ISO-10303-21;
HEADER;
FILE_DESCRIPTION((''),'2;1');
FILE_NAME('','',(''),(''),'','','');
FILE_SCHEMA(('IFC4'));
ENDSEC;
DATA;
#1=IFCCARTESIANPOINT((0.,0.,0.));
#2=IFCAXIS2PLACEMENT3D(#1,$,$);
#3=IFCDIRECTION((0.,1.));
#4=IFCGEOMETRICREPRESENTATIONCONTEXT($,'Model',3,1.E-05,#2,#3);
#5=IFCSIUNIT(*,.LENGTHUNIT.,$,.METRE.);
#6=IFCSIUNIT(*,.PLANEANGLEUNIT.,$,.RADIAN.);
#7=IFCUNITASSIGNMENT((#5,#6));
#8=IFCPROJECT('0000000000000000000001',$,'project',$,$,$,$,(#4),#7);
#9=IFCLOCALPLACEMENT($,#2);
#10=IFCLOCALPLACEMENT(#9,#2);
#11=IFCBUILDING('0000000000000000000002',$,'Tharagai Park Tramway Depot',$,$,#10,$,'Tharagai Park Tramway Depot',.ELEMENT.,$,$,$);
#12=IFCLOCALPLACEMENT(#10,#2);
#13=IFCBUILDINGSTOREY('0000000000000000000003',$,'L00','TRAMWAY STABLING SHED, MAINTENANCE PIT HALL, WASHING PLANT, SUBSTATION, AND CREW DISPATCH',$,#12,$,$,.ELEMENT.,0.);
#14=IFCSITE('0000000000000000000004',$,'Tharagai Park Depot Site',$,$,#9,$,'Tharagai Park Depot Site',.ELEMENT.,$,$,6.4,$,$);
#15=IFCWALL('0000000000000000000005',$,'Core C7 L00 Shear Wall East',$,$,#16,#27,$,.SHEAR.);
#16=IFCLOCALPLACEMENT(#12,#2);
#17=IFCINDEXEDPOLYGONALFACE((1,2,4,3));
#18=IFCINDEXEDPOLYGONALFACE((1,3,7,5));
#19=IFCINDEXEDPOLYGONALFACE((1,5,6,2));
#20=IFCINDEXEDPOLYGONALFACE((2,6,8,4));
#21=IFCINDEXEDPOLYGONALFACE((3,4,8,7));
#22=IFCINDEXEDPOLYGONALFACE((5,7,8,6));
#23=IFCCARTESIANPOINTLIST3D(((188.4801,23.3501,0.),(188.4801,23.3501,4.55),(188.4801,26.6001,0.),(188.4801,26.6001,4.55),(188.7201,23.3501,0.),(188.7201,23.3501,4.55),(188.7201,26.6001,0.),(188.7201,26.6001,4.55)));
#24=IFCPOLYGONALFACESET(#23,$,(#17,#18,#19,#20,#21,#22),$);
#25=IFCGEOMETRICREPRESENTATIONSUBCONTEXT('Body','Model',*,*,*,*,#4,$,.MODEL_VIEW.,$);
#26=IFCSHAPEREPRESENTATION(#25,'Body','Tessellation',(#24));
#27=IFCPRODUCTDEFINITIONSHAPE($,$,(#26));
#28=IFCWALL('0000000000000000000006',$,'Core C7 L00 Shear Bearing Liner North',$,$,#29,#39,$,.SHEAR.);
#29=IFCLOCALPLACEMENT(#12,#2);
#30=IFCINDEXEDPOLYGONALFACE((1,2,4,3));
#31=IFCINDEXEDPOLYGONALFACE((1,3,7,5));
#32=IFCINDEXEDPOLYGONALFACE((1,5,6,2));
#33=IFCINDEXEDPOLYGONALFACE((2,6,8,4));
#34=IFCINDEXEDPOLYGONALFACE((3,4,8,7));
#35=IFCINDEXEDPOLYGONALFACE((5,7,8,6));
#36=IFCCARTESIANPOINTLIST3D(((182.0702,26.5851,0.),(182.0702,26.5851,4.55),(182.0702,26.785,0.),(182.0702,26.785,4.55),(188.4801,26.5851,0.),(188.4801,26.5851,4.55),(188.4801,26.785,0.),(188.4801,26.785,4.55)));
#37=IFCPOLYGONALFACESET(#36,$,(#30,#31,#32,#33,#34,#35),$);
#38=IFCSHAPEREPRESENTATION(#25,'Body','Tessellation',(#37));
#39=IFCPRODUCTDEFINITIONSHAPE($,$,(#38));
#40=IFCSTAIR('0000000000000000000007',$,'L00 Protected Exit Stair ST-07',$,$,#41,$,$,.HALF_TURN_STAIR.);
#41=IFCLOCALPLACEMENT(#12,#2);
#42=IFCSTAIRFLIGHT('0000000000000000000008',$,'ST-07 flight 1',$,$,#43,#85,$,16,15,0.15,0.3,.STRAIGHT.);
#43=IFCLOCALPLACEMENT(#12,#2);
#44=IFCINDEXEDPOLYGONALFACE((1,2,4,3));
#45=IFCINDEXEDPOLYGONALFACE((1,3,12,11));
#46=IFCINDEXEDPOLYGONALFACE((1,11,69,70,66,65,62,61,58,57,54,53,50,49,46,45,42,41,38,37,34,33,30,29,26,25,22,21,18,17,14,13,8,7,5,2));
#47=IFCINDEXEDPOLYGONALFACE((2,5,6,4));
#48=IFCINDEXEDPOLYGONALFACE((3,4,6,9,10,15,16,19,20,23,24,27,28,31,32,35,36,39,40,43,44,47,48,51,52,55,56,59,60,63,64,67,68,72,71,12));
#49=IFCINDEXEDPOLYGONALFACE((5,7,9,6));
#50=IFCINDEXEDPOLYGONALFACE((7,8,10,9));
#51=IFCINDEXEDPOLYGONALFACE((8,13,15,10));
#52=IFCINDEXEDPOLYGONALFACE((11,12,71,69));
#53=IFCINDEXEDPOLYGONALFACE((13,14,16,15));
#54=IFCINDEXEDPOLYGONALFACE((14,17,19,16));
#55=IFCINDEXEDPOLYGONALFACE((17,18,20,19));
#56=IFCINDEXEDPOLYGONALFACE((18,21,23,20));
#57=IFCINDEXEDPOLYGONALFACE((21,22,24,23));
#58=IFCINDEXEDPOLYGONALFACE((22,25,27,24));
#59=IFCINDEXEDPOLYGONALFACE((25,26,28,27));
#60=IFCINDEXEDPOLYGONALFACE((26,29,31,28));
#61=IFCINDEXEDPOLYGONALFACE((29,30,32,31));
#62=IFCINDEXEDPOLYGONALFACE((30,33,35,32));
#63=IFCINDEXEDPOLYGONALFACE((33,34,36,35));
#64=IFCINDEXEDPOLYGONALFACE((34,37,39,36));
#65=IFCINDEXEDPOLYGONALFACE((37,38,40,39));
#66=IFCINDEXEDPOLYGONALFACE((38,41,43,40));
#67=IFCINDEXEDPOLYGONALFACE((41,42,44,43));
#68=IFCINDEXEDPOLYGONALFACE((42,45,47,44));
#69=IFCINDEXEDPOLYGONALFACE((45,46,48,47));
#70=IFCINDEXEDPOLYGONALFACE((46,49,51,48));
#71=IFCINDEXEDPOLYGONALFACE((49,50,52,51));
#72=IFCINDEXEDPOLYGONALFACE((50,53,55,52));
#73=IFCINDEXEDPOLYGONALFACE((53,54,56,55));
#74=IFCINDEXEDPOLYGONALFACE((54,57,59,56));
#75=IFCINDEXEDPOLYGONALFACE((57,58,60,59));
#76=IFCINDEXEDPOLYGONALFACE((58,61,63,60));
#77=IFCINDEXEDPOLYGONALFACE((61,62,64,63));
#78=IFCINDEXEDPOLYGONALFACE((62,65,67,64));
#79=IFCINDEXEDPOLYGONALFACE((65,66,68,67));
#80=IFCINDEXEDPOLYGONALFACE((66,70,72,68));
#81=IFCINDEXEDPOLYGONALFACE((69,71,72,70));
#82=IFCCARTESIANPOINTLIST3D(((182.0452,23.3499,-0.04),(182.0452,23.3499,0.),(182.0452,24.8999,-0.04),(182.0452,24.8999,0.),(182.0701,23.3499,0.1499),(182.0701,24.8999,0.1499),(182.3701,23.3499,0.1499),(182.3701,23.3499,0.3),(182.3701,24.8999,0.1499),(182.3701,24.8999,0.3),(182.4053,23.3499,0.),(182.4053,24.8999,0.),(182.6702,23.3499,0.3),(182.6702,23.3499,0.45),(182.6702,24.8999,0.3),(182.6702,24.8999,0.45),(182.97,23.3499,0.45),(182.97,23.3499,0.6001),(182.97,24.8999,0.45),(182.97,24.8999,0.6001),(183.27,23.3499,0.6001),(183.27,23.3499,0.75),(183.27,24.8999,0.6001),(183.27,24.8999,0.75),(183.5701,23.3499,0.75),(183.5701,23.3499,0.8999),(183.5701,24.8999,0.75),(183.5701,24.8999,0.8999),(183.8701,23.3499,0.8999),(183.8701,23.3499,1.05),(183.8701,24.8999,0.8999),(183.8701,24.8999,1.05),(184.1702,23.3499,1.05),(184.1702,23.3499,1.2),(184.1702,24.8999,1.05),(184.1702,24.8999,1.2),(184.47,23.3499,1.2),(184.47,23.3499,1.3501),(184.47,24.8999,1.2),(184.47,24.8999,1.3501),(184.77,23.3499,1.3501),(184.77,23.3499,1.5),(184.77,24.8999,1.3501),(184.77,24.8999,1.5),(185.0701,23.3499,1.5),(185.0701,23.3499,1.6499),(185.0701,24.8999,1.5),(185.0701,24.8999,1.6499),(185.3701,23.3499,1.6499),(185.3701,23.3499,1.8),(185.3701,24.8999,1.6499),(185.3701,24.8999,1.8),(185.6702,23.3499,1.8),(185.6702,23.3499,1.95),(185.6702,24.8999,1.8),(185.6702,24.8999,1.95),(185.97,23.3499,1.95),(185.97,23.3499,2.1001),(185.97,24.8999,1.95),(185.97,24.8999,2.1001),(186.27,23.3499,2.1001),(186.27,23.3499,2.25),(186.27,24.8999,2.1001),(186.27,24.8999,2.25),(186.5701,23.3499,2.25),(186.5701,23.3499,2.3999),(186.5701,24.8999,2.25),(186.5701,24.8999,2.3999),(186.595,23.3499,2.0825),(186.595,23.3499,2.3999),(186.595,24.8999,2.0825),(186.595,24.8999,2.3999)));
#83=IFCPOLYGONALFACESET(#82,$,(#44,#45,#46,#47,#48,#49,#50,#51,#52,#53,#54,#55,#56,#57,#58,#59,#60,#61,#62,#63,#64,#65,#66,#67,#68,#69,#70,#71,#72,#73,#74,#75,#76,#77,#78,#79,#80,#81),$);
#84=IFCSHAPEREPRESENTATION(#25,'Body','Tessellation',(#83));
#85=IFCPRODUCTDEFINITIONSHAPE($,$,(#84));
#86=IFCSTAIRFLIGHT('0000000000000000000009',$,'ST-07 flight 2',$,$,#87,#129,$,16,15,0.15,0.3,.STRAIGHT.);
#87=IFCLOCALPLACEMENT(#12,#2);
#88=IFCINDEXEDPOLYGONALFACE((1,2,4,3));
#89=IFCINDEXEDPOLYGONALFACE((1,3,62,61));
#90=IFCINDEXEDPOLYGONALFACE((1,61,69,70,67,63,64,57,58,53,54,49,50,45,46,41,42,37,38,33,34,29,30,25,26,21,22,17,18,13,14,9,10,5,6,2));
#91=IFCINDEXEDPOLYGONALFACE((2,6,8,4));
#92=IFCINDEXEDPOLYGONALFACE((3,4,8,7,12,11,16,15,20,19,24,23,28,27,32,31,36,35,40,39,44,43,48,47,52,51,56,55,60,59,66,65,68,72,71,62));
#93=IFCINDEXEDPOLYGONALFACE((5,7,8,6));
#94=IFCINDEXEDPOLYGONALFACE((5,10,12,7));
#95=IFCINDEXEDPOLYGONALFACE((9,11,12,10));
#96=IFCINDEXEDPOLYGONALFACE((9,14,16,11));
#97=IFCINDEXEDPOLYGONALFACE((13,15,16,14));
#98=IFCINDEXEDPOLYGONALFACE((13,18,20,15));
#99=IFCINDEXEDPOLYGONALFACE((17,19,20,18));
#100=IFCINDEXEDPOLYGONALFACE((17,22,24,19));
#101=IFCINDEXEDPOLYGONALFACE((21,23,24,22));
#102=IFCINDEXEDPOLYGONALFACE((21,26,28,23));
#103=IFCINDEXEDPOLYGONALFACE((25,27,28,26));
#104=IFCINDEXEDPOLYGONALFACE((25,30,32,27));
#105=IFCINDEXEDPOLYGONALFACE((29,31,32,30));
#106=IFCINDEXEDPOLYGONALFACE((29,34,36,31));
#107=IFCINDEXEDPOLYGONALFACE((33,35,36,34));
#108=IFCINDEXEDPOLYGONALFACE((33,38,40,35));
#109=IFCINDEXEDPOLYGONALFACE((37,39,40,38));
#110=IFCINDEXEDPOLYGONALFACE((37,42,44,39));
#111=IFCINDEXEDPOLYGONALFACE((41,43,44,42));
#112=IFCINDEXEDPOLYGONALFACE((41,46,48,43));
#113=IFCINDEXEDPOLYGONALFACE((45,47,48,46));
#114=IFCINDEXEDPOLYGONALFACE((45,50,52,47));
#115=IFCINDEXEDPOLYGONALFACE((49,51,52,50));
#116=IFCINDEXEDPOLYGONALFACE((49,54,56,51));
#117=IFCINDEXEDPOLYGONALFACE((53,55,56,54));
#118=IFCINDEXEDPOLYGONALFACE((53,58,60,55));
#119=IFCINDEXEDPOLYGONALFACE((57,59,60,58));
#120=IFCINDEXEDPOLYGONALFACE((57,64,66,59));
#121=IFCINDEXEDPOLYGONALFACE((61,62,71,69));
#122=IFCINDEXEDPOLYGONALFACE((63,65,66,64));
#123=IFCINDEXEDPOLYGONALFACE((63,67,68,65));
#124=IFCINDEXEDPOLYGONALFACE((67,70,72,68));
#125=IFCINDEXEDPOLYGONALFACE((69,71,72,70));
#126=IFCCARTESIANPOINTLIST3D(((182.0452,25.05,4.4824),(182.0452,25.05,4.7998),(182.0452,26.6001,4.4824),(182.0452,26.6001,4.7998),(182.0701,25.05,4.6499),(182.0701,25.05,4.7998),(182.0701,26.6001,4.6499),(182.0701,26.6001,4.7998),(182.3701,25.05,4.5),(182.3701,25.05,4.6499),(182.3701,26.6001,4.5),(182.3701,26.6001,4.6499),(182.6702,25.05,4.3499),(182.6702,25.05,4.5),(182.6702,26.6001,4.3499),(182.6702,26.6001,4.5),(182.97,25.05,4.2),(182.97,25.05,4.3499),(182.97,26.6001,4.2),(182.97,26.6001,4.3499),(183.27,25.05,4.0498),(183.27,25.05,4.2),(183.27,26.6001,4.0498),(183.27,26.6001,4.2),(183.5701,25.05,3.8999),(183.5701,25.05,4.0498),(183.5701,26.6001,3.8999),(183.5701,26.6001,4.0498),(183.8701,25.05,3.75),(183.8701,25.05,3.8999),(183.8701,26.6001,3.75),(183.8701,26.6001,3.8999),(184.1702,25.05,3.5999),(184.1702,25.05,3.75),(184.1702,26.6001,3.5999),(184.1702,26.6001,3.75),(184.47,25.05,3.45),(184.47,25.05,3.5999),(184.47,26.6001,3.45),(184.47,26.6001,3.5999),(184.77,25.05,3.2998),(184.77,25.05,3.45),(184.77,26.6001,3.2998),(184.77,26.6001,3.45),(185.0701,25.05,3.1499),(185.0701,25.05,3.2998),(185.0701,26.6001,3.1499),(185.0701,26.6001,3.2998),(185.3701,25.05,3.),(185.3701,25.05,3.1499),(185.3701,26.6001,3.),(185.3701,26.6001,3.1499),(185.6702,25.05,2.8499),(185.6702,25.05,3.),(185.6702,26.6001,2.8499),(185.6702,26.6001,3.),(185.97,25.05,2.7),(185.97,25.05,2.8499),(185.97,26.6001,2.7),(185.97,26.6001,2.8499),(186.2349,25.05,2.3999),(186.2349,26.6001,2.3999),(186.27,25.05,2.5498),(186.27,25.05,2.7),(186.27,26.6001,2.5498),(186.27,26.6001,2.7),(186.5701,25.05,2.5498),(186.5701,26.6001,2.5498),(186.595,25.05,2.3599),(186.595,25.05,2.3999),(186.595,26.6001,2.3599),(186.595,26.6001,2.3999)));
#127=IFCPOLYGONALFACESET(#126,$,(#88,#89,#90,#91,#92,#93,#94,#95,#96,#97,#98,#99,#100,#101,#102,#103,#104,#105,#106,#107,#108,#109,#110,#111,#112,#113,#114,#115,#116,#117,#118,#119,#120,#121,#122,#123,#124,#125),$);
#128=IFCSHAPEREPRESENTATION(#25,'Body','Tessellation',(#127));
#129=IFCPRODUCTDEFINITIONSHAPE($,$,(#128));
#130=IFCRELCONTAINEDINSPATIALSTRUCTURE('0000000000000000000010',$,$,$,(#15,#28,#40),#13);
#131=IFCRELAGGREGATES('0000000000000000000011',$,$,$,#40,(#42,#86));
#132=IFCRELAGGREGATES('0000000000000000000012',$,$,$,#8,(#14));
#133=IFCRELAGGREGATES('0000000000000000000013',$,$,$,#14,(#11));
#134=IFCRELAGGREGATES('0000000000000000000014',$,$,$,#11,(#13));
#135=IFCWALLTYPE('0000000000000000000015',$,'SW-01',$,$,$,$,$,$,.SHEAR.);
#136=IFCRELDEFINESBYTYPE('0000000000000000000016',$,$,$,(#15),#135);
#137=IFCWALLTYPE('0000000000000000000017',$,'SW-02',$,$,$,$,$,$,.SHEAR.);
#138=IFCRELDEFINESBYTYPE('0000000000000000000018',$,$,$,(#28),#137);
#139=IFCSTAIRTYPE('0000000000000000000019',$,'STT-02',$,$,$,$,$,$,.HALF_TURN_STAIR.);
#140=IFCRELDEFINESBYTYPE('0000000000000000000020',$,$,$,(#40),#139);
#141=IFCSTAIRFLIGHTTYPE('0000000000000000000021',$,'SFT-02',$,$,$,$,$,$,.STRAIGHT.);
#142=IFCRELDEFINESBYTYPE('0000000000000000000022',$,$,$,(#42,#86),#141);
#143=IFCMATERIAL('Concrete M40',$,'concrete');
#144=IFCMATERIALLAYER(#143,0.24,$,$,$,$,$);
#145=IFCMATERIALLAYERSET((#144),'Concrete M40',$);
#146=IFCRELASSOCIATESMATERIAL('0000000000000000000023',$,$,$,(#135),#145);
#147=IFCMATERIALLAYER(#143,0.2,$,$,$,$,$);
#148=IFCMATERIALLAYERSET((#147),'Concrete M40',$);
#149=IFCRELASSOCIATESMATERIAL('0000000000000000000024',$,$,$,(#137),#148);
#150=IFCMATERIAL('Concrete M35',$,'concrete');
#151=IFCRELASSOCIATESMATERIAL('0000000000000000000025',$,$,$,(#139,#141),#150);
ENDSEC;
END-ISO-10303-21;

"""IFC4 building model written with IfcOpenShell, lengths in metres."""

from ifc_helpers import new_model, si_unit, direction, frame, frame_2d, origin, place, context, subcontext, project, spatial, polyline, rectangle, outline, extrude, material, layer, layer_set, type_object, element, aggregate, save


model = new_model("IFC4")

# Units and contexts
model_context = context("Model", 3, precision=1e-05, world=origin(), true_north=direction((0.0, 1.0)))
body_context = subcontext(model_context, "Body", "Model", "MODEL_VIEW")
ifc_project = project(units=[si_unit("LENGTHUNIT", "METRE"), si_unit("PLANEANGLEUNIT", "RADIAN")], contexts=[model_context])

# Site, building, storey
site_placement = place(None, origin())
site = spatial("IfcSite", under=ifc_project, at=site_placement, Name="Tharagai Park Depot Site", LongName="Tharagai Park Depot Site", CompositionType="ELEMENT", RefElevation=6.4)
building_placement = place(site_placement, origin())
building = spatial("IfcBuilding", under=site, at=building_placement, Name="Tharagai Park Tramway Depot", LongName="Tharagai Park Tramway Depot", CompositionType="ELEMENT")
storey_placement = place(building_placement, origin())
storey = spatial("IfcBuildingStorey", under=building, at=storey_placement, Name="L00", Description="TRAMWAY STABLING SHED, MAINTENANCE PIT HALL, WASHING PLANT, SUBSTATION, AND CREW DISPATCH", CompositionType="ELEMENT", Elevation=0.0)

# Shared definitions
ifc_material_1 = material(Name="Concrete M40", Category="concrete")

# Walls
ifc_layer_1 = layer(ifc_material_1, 0.24)
ifc_layer_set_1 = layer_set([ifc_layer_1], Name="Concrete M40")
wall_type_1 = type_object("IfcWallType", Name="SW-01", PredefinedType="SHEAR", material=ifc_layer_set_1)
wall_1_placement = place(storey_placement, frame((188.6001, 23.3501, 0.0), z_axis=(0.0, 0.0, 1.0), x_axis=(0.0, 1.0, 0.0)))
element("IfcWall", 1, at=wall_1_placement, inside=storey, type_object=wall_type_1, Name="Core C7 L00 Shear Wall East", PredefinedType="SHEAR", context=body_context, shape_type="SweptSolid", body=[
    extrude(rectangle(XDim=3.25, YDim=0.24, at=frame_2d((1.625, 0.0))), origin(), (0.0, 0.0, 1.0), 4.55),
])
ifc_layer_2 = layer(ifc_material_1, 0.2)
ifc_layer_set_2 = layer_set([ifc_layer_2], Name="Concrete M40")
wall_type_2 = type_object("IfcWallType", Name="SW-02", PredefinedType="SHEAR", material=ifc_layer_set_2)
wall_2_placement = place(storey_placement, frame((182.0701, 26.6851, 0.0), z_axis=(0.0, 0.0, 1.0), x_axis=(1.0, 0.0, 0.0)))
element("IfcWall", 2, at=wall_2_placement, inside=storey, type_object=wall_type_2, Name="Core C7 L00 Shear Bearing Liner North", PredefinedType="SHEAR", context=body_context, shape_type="SweptSolid", body=[
    extrude(rectangle(XDim=6.4099, YDim=0.2, at=frame_2d((3.2051, 0.0))), origin(), (0.0, 0.0, 1.0), 4.55),
])

# Stair, stair flights
ifc_material_2 = material(Name="Concrete M35", Category="concrete")
stair_type = type_object("IfcStairType", Name="STT-02", PredefinedType="HALF_TURN_STAIR", material=ifc_material_2)
stair_placement = place(storey_placement, origin())
stair = element("IfcStair", 3, at=stair_placement, inside=storey, type_object=stair_type, Name="L00 Protected Exit Stair ST-07", PredefinedType="HALF_TURN_STAIR")
stair_flight_type = type_object("IfcStairFlightType", Name="SFT-02", PredefinedType="STRAIGHT", material=ifc_material_2)
stair_flight_1_placement = place(storey_placement, frame((182.0701, 24.125, 0.0), z_axis=(0.0, 0.0, 1.0), x_axis=(1.0, 0.0, 0.0)))
stair_flight_1 = element("IfcStairFlight", 4, at=stair_flight_1_placement, type_object=stair_flight_type, Name="ST-07 flight 1", NumberOfRisers=16, NumberOfTreads=15, PredefinedType="STRAIGHT", RiserHeight=0.15, TreadLength=0.3, context=body_context, shape_type="SweptSolid", body=[
    extrude(outline(polyline([(-0.0249, 0.0), (0.0, 0.1499), (0.3, 0.1499), (0.3, 0.3), (0.6001, 0.3), (0.6001, 0.45), (0.8999, 0.45), (0.8999, 0.6001), (1.2, 0.6001), (1.2, 0.75), (1.5, 0.75), (1.5, 0.8999), (1.8, 0.8999), (1.8, 1.05), (2.1001, 1.05), (2.1001, 1.2), (2.3999, 1.2), (2.3999, 1.3501), (2.7, 1.3501), (2.7, 1.5), (3.0, 1.5), (3.0, 1.6499), (3.3, 1.6499), (3.3, 1.8), (3.6001, 1.8), (3.6001, 1.95), (3.8999, 1.95), (3.8999, 2.1001), (4.2, 2.1001), (4.2, 2.25), (4.5, 2.25), (4.5, 2.3999), (4.5249, 2.3999), (4.5249, 2.0825), (0.3352, 0.0), (-0.0249, -0.04), (-0.0249, 0.0)])), frame((0.0, 0.7749, 0.0), z_axis=(0.0, -1.0, 0.0), x_axis=(1.0, 0.0, 0.0)), (0.0, 0.0, 1.0), 1.55),
])
stair_flight_2_placement = place(storey_placement, frame((186.5701, 25.825, 2.3999), z_axis=(0.0, 0.0, 1.0), x_axis=(-1.0, 0.0, 0.0)))
stair_flight_2 = element("IfcStairFlight", 5, at=stair_flight_2_placement, type_object=stair_flight_type, Name="ST-07 flight 2", NumberOfRisers=16, NumberOfTreads=15, PredefinedType="STRAIGHT", RiserHeight=0.15, TreadLength=0.3, context=body_context, shape_type="SweptSolid", body=[
    extrude(outline(polyline([(-0.0249, 0.0), (0.0, 0.1499), (0.3, 0.1499), (0.3, 0.3), (0.6001, 0.3), (0.6001, 0.45), (0.8999, 0.45), (0.8999, 0.6001), (1.2, 0.6001), (1.2, 0.75), (1.5, 0.75), (1.5, 0.8999), (1.8, 0.8999), (1.8, 1.05), (2.1001, 1.05), (2.1001, 1.2), (2.3999, 1.2), (2.3999, 1.3501), (2.7, 1.3501), (2.7, 1.5), (3.0, 1.5), (3.0, 1.6499), (3.3, 1.6499), (3.3, 1.8), (3.6001, 1.8), (3.6001, 1.95), (3.8999, 1.95), (3.8999, 2.1001), (4.2, 2.1001), (4.2, 2.25), (4.5, 2.25), (4.5, 2.3999), (4.5249, 2.3999), (4.5249, 2.0825), (0.3352, 0.0), (-0.0249, -0.04), (-0.0249, 0.0)])), frame((0.0, 0.7749, 0.0), z_axis=(0.0, -1.0, 0.0), x_axis=(1.0, 0.0, 0.0)), (0.0, 0.0, 1.0), 1.55),
])
aggregate(stair, [stair_flight_1, stair_flight_2])

save(model, "model.ifc")
